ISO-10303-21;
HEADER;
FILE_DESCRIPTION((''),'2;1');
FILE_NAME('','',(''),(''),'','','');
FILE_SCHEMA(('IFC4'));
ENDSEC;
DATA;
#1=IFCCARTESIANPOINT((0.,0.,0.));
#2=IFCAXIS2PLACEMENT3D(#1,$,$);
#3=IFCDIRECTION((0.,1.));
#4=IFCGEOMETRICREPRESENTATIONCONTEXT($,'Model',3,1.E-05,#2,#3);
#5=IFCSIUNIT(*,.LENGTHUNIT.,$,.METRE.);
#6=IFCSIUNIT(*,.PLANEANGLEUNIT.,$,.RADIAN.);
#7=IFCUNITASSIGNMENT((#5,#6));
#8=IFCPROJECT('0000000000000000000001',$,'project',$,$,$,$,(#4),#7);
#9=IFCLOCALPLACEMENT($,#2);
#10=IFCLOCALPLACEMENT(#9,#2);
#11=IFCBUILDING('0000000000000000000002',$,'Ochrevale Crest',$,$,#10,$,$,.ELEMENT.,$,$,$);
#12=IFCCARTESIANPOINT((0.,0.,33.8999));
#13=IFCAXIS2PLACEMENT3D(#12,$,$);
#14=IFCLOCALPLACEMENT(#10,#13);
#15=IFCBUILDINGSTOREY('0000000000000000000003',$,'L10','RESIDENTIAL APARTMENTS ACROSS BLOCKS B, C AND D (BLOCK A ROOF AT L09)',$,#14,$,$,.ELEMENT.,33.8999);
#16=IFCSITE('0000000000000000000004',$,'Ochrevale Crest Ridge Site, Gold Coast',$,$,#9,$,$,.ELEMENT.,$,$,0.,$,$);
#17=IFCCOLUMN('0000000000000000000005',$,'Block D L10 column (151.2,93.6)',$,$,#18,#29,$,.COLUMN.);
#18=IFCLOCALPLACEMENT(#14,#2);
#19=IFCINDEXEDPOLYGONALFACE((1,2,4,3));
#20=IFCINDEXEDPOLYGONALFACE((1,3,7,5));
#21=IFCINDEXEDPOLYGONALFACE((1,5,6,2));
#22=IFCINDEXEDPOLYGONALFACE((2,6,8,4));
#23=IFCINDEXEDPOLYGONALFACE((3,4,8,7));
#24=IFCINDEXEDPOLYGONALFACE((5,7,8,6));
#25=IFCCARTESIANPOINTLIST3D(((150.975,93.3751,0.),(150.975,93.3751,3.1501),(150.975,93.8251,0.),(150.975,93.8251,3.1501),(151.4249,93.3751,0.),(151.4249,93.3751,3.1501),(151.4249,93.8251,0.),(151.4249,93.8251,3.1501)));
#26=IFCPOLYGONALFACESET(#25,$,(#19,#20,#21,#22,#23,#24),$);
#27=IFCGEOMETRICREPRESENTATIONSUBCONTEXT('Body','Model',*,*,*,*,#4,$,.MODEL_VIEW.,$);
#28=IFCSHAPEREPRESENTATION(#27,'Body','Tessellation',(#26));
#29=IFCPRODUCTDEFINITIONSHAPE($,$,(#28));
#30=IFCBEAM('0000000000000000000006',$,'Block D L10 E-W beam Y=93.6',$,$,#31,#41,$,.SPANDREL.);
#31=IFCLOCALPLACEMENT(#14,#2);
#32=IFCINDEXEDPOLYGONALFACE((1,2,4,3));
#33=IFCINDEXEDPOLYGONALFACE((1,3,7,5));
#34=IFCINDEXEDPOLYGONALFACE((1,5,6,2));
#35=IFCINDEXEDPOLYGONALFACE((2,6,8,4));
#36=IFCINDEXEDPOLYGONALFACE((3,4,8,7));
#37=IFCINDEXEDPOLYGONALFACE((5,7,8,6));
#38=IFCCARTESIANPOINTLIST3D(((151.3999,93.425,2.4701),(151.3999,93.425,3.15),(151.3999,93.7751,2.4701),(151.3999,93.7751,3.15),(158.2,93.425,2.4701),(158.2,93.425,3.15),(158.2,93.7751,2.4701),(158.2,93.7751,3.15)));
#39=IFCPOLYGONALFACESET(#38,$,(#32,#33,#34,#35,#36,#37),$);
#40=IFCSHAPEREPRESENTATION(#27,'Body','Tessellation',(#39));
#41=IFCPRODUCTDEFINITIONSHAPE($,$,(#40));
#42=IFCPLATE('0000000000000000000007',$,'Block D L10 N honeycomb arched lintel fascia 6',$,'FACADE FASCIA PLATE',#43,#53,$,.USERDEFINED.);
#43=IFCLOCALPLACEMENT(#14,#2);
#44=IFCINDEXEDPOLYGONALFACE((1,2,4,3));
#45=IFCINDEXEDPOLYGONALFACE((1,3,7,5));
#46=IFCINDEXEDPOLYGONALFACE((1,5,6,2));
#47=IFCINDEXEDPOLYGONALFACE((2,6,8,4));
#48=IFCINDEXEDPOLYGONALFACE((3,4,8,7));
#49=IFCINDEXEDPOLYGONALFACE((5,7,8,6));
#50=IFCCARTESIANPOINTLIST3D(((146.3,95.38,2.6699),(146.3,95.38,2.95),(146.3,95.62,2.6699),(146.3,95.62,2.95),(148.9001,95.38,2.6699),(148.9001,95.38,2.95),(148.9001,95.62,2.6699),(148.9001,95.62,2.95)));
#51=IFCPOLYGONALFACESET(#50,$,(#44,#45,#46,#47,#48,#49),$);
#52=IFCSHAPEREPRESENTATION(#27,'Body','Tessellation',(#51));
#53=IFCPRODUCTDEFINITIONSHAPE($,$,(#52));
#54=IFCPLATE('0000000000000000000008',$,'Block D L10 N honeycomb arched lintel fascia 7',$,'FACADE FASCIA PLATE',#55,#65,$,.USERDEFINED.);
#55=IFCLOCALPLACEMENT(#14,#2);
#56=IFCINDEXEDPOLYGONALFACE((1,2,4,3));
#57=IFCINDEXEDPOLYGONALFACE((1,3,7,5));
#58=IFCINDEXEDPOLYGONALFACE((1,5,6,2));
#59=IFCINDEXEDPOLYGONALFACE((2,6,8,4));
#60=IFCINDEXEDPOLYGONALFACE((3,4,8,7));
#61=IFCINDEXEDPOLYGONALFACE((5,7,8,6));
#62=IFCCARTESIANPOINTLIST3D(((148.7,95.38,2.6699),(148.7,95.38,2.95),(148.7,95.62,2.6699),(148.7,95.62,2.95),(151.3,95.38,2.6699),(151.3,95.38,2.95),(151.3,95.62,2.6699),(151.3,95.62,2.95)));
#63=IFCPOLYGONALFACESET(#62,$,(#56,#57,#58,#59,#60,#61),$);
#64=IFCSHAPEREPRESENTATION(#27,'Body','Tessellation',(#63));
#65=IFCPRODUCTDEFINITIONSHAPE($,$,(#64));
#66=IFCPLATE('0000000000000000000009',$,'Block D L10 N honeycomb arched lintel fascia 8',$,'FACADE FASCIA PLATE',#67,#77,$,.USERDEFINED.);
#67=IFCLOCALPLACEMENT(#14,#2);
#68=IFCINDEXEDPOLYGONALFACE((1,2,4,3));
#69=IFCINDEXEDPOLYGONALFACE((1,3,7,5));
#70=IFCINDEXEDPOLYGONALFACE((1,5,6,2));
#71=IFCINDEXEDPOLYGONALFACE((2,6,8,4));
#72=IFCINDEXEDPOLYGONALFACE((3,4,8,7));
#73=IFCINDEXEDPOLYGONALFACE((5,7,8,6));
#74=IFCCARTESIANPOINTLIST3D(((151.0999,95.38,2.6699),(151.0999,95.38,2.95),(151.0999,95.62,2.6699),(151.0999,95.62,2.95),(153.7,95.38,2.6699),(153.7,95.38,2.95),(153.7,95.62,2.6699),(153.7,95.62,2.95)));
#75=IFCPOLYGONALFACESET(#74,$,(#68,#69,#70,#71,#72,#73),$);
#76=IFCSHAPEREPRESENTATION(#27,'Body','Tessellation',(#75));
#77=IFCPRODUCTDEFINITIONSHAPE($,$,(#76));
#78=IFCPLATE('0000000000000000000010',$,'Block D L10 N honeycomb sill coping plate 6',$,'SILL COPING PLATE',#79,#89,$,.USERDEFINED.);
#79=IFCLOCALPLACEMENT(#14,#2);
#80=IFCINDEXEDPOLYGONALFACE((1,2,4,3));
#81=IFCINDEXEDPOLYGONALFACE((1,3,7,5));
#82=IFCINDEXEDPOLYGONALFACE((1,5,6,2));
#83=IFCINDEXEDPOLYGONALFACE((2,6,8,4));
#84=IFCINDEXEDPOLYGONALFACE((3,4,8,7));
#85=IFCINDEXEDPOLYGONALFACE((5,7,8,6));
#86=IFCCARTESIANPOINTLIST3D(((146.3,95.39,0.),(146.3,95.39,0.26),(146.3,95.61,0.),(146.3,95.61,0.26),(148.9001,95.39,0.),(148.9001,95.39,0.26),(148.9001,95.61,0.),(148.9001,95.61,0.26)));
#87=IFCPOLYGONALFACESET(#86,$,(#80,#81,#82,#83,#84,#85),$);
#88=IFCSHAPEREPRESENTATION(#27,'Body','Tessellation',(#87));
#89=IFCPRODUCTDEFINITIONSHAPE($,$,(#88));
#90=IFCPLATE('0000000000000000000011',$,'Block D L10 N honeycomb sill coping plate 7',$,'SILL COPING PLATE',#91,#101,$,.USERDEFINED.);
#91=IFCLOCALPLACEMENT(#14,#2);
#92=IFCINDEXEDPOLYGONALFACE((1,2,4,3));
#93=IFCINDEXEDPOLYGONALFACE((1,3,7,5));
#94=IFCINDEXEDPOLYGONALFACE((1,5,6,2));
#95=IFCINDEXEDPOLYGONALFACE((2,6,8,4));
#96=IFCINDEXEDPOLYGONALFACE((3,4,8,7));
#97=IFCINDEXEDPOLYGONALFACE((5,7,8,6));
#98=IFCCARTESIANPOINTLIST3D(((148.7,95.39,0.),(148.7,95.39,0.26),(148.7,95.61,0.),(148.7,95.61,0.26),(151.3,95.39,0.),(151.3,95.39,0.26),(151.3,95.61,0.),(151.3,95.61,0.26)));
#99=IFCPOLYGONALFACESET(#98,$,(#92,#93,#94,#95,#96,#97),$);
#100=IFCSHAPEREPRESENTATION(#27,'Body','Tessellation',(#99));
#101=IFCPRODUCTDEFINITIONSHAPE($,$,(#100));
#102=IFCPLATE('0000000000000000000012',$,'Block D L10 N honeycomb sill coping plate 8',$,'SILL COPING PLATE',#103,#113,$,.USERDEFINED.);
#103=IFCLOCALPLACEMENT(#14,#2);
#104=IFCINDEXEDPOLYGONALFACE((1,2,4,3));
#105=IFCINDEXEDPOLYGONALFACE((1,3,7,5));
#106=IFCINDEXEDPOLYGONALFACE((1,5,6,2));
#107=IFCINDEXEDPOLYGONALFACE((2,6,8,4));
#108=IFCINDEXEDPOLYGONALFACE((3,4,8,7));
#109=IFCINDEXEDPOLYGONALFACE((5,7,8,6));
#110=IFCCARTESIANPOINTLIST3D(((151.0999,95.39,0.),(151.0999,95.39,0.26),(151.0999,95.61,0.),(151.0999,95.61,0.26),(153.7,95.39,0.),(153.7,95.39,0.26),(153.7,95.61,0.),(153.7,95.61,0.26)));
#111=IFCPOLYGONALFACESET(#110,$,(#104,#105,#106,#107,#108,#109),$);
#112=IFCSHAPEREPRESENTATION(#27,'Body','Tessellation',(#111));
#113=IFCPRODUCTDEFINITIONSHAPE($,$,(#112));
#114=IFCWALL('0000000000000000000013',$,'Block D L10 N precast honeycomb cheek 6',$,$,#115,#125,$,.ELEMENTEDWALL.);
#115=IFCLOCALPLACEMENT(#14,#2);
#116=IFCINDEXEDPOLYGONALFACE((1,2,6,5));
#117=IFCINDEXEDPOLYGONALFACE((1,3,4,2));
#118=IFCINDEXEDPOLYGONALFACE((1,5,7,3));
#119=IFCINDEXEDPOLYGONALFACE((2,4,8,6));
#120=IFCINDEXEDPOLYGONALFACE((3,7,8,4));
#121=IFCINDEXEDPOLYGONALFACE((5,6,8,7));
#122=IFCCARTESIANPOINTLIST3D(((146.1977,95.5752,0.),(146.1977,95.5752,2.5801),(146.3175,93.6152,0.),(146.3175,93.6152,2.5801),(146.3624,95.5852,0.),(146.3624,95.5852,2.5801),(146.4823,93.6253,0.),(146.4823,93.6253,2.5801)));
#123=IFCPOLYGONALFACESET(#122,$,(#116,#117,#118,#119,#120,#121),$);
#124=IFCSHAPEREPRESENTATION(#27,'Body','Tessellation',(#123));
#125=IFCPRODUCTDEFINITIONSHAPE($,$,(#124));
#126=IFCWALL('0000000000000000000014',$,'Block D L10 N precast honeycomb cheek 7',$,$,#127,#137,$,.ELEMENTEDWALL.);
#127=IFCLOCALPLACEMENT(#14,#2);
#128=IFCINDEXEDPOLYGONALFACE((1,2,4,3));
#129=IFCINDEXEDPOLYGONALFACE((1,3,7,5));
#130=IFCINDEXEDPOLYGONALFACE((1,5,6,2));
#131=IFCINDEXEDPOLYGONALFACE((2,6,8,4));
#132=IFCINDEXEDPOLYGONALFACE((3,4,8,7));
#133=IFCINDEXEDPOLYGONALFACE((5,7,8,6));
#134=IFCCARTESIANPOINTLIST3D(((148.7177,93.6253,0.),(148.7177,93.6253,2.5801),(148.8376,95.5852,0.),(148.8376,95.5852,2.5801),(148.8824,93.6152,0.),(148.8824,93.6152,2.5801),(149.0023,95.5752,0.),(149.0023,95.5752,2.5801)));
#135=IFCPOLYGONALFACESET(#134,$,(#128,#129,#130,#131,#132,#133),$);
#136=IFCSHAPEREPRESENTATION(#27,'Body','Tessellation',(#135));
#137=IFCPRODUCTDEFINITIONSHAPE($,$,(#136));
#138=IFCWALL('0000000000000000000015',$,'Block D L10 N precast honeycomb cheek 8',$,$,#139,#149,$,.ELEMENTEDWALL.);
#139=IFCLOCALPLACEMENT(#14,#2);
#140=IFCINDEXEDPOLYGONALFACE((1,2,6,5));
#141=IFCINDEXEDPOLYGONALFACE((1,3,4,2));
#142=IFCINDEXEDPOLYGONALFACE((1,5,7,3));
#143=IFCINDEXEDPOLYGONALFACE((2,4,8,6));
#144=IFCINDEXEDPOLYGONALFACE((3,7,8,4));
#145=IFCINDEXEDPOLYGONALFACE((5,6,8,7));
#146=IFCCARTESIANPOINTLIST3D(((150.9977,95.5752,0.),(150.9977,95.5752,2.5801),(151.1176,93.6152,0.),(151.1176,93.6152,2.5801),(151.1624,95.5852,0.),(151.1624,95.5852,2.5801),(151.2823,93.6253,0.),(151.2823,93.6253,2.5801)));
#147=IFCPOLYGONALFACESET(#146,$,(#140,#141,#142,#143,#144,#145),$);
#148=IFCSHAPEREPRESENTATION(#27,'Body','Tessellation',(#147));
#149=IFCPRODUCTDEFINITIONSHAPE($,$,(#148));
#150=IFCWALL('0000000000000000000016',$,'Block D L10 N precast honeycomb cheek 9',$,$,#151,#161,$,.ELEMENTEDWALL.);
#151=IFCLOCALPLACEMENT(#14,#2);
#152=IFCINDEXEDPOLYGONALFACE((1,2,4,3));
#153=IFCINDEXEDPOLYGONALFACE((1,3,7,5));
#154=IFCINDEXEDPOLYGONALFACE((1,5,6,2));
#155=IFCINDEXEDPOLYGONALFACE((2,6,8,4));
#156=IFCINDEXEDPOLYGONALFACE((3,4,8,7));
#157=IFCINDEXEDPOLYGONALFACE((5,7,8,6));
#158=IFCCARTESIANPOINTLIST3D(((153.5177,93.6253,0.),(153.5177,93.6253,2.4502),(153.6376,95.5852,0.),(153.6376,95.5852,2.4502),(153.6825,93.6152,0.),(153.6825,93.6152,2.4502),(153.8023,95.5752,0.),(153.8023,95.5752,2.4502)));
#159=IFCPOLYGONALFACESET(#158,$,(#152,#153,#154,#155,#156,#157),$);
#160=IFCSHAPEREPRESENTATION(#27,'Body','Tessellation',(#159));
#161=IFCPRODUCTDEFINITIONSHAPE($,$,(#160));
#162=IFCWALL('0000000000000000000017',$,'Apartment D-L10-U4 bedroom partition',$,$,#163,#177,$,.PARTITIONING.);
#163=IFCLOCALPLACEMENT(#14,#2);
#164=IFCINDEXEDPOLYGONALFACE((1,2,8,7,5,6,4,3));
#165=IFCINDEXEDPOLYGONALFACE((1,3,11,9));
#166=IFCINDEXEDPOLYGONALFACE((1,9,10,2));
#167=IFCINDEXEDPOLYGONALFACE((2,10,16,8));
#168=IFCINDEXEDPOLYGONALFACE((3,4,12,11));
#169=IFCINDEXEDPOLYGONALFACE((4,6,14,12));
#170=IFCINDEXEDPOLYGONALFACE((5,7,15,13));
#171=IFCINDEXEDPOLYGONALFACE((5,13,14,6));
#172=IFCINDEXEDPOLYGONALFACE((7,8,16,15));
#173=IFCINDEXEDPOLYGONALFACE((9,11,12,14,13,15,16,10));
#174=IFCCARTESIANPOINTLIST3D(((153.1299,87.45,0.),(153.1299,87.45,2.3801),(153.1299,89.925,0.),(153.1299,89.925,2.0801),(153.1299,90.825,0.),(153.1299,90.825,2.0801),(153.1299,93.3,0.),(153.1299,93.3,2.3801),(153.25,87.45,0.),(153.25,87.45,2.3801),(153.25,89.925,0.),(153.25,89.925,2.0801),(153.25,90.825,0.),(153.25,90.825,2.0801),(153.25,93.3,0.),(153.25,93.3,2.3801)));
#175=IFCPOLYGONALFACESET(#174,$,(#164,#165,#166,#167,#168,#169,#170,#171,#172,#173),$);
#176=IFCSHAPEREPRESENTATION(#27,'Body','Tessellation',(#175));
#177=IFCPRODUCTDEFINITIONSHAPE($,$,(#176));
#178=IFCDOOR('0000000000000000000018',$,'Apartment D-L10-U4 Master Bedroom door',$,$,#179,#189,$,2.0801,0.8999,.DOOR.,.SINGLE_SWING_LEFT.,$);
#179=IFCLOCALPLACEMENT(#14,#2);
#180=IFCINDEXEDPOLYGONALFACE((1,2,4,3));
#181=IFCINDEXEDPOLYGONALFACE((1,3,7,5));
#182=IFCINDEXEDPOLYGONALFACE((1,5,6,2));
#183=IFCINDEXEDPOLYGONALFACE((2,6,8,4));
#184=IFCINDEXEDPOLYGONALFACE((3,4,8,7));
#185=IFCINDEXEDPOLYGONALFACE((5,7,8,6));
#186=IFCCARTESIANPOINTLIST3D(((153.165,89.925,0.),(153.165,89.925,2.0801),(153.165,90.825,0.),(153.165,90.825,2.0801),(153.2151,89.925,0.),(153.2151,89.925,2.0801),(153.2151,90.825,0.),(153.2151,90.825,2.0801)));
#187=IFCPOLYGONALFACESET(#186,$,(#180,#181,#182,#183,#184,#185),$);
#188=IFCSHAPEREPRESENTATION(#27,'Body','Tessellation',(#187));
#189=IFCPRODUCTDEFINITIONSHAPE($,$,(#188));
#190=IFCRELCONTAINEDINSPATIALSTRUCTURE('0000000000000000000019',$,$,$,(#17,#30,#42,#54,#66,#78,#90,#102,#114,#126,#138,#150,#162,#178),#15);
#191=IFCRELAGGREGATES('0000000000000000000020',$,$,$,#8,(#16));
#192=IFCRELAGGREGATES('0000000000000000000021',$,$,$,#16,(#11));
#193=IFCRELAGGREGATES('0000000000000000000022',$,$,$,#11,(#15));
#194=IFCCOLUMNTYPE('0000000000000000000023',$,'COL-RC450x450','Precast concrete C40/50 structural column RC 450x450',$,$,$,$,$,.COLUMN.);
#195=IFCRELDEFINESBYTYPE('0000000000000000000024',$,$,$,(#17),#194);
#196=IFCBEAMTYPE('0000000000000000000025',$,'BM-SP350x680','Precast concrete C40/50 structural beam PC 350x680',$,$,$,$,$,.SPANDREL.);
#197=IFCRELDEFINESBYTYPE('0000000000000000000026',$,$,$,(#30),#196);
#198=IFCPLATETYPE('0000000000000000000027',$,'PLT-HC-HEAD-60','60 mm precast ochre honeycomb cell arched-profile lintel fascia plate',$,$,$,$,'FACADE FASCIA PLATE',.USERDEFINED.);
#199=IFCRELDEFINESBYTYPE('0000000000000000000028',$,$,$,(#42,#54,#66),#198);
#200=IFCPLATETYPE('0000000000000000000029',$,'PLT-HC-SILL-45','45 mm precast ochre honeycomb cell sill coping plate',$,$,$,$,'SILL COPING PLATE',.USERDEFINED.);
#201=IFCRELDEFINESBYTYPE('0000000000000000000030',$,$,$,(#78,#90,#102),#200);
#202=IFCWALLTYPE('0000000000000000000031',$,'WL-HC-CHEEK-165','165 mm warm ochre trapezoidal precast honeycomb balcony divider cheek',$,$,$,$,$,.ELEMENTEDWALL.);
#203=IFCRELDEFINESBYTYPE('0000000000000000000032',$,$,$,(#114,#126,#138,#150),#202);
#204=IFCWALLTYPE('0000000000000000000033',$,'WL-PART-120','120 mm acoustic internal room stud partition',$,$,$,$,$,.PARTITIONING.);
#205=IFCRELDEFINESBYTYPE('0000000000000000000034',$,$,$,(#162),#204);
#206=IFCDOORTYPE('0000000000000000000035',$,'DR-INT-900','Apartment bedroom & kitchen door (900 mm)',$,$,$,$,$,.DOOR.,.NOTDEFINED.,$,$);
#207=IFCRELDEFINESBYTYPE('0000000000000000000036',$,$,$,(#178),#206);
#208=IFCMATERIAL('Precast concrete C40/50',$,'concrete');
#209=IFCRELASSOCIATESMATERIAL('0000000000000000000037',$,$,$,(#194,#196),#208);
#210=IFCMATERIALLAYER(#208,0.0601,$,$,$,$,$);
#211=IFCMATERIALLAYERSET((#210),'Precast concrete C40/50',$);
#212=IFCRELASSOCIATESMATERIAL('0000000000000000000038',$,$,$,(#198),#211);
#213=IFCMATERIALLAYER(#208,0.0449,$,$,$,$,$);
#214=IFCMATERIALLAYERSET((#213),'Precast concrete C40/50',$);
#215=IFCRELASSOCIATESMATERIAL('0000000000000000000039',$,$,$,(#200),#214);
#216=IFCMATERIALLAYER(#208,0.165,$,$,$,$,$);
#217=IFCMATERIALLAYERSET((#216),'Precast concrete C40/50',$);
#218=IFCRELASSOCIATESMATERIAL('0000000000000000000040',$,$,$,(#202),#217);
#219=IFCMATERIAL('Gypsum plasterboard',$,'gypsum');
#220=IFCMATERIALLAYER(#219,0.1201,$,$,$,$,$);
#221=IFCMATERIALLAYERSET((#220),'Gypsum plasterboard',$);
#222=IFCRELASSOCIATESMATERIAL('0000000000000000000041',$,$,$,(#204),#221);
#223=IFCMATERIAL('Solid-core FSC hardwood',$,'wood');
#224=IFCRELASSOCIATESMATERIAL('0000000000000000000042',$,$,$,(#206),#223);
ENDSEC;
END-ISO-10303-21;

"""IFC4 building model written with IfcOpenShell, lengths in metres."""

from ifc_helpers import new_model, si_unit, direction, frame, frame_2d, origin, origin_2d, place, context, subcontext, project, spatial, rectangle, extrude, material, layer, layer_set, material_profile, profile_set, type_object, element, fill, save


model = new_model("IFC4")

# Units and contexts
model_context = context("Model", 3, precision=1e-05, world=origin(), true_north=direction((0.0, 1.0)))
body_context = subcontext(model_context, "Body", "Model", "MODEL_VIEW")
ifc_project = project(units=[si_unit("LENGTHUNIT", "METRE"), si_unit("PLANEANGLEUNIT", "RADIAN")], contexts=[model_context])

# Site, building, storey
site_placement = place(None, origin())
site = spatial("IfcSite", under=ifc_project, at=site_placement, Name="Ochrevale Crest Ridge Site, Gold Coast", CompositionType="ELEMENT", RefElevation=0.0)
building_placement = place(site_placement, origin())
building = spatial("IfcBuilding", under=site, at=building_placement, Name="Ochrevale Crest", CompositionType="ELEMENT")
storey_placement = place(building_placement, frame((0.0, 0.0, 33.8999)))
storey = spatial("IfcBuildingStorey", under=building, at=storey_placement, Name="L10", Description="RESIDENTIAL APARTMENTS ACROSS BLOCKS B, C AND D (BLOCK A ROOF AT L09)", CompositionType="ELEMENT", Elevation=33.8999)

# Column
ifc_material_1 = material(Name="Precast concrete C40/50", Category="concrete")
ifc_material_profile_1 = material_profile(ifc_material_1, rectangle(XDim=0.45, YDim=0.45, at=origin_2d()), Name="RC 450x450")
ifc_profile_set_1 = profile_set([ifc_material_profile_1], Name="Precast concrete C40/50")
column_type = type_object("IfcColumnType", Name="COL-RC450x450", Description="Precast concrete C40/50 structural column RC 450x450", PredefinedType="COLUMN", material=ifc_profile_set_1)
column_placement = place(storey_placement, frame((151.2, 93.6001, 0.0), z_axis=(0.0, 0.0, 1.0), x_axis=(1.0, 0.0, 0.0)))
element("IfcColumn", 1, at=column_placement, inside=storey, type_object=column_type, Name="Block D L10 column (151.2,93.6)", PredefinedType="COLUMN", context=body_context, shape_type="SweptSolid", body=[
    extrude(rectangle(XDim=0.45, YDim=0.45, at=origin_2d()), origin(), (0.0, 0.0, 1.0), 3.1501),
])

# Beam
ifc_material_profile_2 = material_profile(ifc_material_1, rectangle(XDim=0.3501, YDim=0.6799, at=origin_2d()), Name="PC 350x680")
ifc_profile_set_2 = profile_set([ifc_material_profile_2], Name="Precast concrete C40/50")
beam_type = type_object("IfcBeamType", Name="BM-SP350x680", Description="Precast concrete C40/50 structural beam PC 350x680", PredefinedType="SPANDREL", material=ifc_profile_set_2)
beam_placement = place(storey_placement, frame((151.3999, 93.6001, 2.8101), z_axis=(1.0, 0.0, 0.0), x_axis=(0.0, 1.0, 0.0)))
element("IfcBeam", 2, at=beam_placement, inside=storey, type_object=beam_type, Name="Block D L10 E-W beam Y=93.6", PredefinedType="SPANDREL", context=body_context, shape_type="SweptSolid", body=[
    extrude(rectangle(XDim=0.3501, YDim=0.6799, at=origin_2d()), origin(), (0.0, 0.0, 1.0), 6.8),
])

# Plates
ifc_layer_1 = layer(ifc_material_1, 0.0601)
ifc_layer_set_1 = layer_set([ifc_layer_1], Name="Precast concrete C40/50")
plate_type_1 = type_object("IfcPlateType", Name="PLT-HC-HEAD-60", Description="60 mm precast ochre honeycomb cell arched-profile lintel fascia plate", ElementType="FACADE FASCIA PLATE", PredefinedType="USERDEFINED", material=ifc_layer_set_1)
for number, where, z_axis, x_axis, name in (
    (3, (147.6001, 95.5, 2.6699), (0.0, 0.0, 1.0), (1.0, 0.0, 0.0), "Block D L10 N honeycomb arched lintel fascia 6"),
    (4, (150.0, 95.5, 2.6699), (0.0, 0.0, 1.0), (1.0, 0.0, 0.0), "Block D L10 N honeycomb arched lintel fascia 7"),
    (5, (152.3999, 95.5, 2.6699), (0.0, 0.0, 1.0), (1.0, 0.0, 0.0), "Block D L10 N honeycomb arched lintel fascia 8"),
):
    element("IfcPlate", number, at=place(storey_placement, frame(where, z_axis=z_axis, x_axis=x_axis)), inside=storey, type_object=plate_type_1, Name=name, ObjectType="FACADE FASCIA PLATE", PredefinedType="USERDEFINED", context=body_context, shape_type="SweptSolid", body=[
        extrude(rectangle(XDim=2.6001, YDim=0.24, at=origin_2d()), origin(), (0.0, 0.0, 1.0), 0.28),
    ])
ifc_layer_2 = layer(ifc_material_1, 0.0449)
ifc_layer_set_2 = layer_set([ifc_layer_2], Name="Precast concrete C40/50")
plate_type_2 = type_object("IfcPlateType", Name="PLT-HC-SILL-45", Description="45 mm precast ochre honeycomb cell sill coping plate", ElementType="SILL COPING PLATE", PredefinedType="USERDEFINED", material=ifc_layer_set_2)
for number, where, z_axis, x_axis, name in (
    (6, (147.6001, 95.5, 0.0), (0.0, 0.0, 1.0), (1.0, 0.0, 0.0), "Block D L10 N honeycomb sill coping plate 6"),
    (7, (150.0, 95.5, 0.0), (0.0, 0.0, 1.0), (1.0, 0.0, 0.0), "Block D L10 N honeycomb sill coping plate 7"),
    (8, (152.3999, 95.5, 0.0), (0.0, 0.0, 1.0), (1.0, 0.0, 0.0), "Block D L10 N honeycomb sill coping plate 8"),
):
    element("IfcPlate", number, at=place(storey_placement, frame(where, z_axis=z_axis, x_axis=x_axis)), inside=storey, type_object=plate_type_2, Name=name, ObjectType="SILL COPING PLATE", PredefinedType="USERDEFINED", context=body_context, shape_type="SweptSolid", body=[
        extrude(rectangle(XDim=2.6001, YDim=0.22, at=origin_2d()), origin(), (0.0, 0.0, 1.0), 0.26),
    ])

# Walls
ifc_layer_3 = layer(ifc_material_1, 0.165)
ifc_layer_set_3 = layer_set([ifc_layer_3], Name="Precast concrete C40/50")
wall_type_1 = type_object("IfcWallType", Name="WL-HC-CHEEK-165", Description="165 mm warm ochre trapezoidal precast honeycomb balcony divider cheek", PredefinedType="ELEMENTEDWALL", material=ifc_layer_set_3)
for number, where, z_axis, x_axis, name in (
    (9, (146.3999, 93.6201, 0.0), (0.0, 0.0, 1.0), (-0.061047, 0.998135, 0.0), "Block D L10 N precast honeycomb cheek 6"),
    (10, (148.8, 93.6201, 0.0), (0.0, 0.0, 1.0), (0.061047, 0.998135, 0.0), "Block D L10 N precast honeycomb cheek 7"),
    (11, (151.2, 93.6201, 0.0), (0.0, 0.0, 1.0), (-0.061047, 0.998135, 0.0), "Block D L10 N precast honeycomb cheek 8"),
):
    element("IfcWall", number, at=place(storey_placement, frame(where, z_axis=z_axis, x_axis=x_axis)), inside=storey, type_object=wall_type_1, Name=name, PredefinedType="ELEMENTEDWALL", context=body_context, shape_type="SweptSolid", body=[
        extrude(rectangle(XDim=1.9636, YDim=0.165, at=frame_2d((0.9819, 0.0))), origin(), (0.0, 0.0, 1.0), 2.5801),
    ])
wall_1_placement = place(storey_placement, frame((153.6001, 93.6201, 0.0), z_axis=(0.0, 0.0, 1.0), x_axis=(0.061047, 0.998135, 0.0)))
element("IfcWall", 12, at=wall_1_placement, inside=storey, type_object=wall_type_1, Name="Block D L10 N precast honeycomb cheek 9", PredefinedType="ELEMENTEDWALL", context=body_context, shape_type="SweptSolid", body=[
    extrude(rectangle(XDim=1.9636, YDim=0.165, at=frame_2d((0.9819, 0.0))), origin(), (0.0, 0.0, 1.0), 2.4502),
])

# Wall, opening, door
ifc_material_2 = material(Name="Gypsum plasterboard", Category="gypsum")
ifc_layer_4 = layer(ifc_material_2, 0.1201)
ifc_layer_set_4 = layer_set([ifc_layer_4], Name="Gypsum plasterboard")
wall_type_2 = type_object("IfcWallType", Name="WL-PART-120", Description="120 mm acoustic internal room stud partition", PredefinedType="PARTITIONING", material=ifc_layer_set_4)
wall_2_placement = place(storey_placement, frame((153.1899, 87.45, 0.0), z_axis=(0.0, 0.0, 1.0), x_axis=(0.0, 1.0, 0.0)))
wall_2 = element("IfcWall", 13, at=wall_2_placement, inside=storey, type_object=wall_type_2, Name="Apartment D-L10-U4 bedroom partition", PredefinedType="PARTITIONING", context=body_context, shape_type="SweptSolid", body=[
    extrude(rectangle(XDim=5.8501, YDim=0.1201, at=frame_2d((2.925, 0.0))), origin(), (0.0, 0.0, 1.0), 2.3801),
])
opening_placement = place(wall_2_placement, frame((2.4751, 0.0, 0.0)))
opening = element("IfcOpeningElement", 14, at=opening_placement, cuts=wall_2, PredefinedType="OPENING", context=body_context, shape_type="SweptSolid", body=[
    extrude(rectangle(XDim=0.8999, YDim=2.0801, at=frame_2d((0.45, 1.04))), frame((0.0, 0.0701, 0.0), z_axis=(0.0, -1.0, 0.0), x_axis=(1.0, 0.0, 0.0)), (0.0, 0.0, 1.0), 0.1401),
])
ifc_material_3 = material(Name="Solid-core FSC hardwood", Category="wood")
door_type = type_object("IfcDoorType", Name="DR-INT-900", Description="Apartment bedroom & kitchen door (900 mm)", OperationType="NOTDEFINED", PredefinedType="DOOR", material=ifc_material_3)
door_placement = place(opening_placement, origin())
door = element("IfcDoor", 15, at=door_placement, inside=storey, type_object=door_type, Name="Apartment D-L10-U4 Master Bedroom door", OperationType="SINGLE_SWING_LEFT", OverallHeight=2.0801, OverallWidth=0.8999, PredefinedType="DOOR", context=body_context, shape_type="SweptSolid", body=[
    extrude(rectangle(XDim=0.8999, YDim=2.0801, at=frame_2d((0.45, 1.04))), frame((0.0, 0.0249, 0.0), z_axis=(0.0, -1.0, 0.0), x_axis=(1.0, 0.0, 0.0)), (0.0, 0.0, 1.0), 0.05),
])
fill(opening, door)

save(model, "model.ifc")
